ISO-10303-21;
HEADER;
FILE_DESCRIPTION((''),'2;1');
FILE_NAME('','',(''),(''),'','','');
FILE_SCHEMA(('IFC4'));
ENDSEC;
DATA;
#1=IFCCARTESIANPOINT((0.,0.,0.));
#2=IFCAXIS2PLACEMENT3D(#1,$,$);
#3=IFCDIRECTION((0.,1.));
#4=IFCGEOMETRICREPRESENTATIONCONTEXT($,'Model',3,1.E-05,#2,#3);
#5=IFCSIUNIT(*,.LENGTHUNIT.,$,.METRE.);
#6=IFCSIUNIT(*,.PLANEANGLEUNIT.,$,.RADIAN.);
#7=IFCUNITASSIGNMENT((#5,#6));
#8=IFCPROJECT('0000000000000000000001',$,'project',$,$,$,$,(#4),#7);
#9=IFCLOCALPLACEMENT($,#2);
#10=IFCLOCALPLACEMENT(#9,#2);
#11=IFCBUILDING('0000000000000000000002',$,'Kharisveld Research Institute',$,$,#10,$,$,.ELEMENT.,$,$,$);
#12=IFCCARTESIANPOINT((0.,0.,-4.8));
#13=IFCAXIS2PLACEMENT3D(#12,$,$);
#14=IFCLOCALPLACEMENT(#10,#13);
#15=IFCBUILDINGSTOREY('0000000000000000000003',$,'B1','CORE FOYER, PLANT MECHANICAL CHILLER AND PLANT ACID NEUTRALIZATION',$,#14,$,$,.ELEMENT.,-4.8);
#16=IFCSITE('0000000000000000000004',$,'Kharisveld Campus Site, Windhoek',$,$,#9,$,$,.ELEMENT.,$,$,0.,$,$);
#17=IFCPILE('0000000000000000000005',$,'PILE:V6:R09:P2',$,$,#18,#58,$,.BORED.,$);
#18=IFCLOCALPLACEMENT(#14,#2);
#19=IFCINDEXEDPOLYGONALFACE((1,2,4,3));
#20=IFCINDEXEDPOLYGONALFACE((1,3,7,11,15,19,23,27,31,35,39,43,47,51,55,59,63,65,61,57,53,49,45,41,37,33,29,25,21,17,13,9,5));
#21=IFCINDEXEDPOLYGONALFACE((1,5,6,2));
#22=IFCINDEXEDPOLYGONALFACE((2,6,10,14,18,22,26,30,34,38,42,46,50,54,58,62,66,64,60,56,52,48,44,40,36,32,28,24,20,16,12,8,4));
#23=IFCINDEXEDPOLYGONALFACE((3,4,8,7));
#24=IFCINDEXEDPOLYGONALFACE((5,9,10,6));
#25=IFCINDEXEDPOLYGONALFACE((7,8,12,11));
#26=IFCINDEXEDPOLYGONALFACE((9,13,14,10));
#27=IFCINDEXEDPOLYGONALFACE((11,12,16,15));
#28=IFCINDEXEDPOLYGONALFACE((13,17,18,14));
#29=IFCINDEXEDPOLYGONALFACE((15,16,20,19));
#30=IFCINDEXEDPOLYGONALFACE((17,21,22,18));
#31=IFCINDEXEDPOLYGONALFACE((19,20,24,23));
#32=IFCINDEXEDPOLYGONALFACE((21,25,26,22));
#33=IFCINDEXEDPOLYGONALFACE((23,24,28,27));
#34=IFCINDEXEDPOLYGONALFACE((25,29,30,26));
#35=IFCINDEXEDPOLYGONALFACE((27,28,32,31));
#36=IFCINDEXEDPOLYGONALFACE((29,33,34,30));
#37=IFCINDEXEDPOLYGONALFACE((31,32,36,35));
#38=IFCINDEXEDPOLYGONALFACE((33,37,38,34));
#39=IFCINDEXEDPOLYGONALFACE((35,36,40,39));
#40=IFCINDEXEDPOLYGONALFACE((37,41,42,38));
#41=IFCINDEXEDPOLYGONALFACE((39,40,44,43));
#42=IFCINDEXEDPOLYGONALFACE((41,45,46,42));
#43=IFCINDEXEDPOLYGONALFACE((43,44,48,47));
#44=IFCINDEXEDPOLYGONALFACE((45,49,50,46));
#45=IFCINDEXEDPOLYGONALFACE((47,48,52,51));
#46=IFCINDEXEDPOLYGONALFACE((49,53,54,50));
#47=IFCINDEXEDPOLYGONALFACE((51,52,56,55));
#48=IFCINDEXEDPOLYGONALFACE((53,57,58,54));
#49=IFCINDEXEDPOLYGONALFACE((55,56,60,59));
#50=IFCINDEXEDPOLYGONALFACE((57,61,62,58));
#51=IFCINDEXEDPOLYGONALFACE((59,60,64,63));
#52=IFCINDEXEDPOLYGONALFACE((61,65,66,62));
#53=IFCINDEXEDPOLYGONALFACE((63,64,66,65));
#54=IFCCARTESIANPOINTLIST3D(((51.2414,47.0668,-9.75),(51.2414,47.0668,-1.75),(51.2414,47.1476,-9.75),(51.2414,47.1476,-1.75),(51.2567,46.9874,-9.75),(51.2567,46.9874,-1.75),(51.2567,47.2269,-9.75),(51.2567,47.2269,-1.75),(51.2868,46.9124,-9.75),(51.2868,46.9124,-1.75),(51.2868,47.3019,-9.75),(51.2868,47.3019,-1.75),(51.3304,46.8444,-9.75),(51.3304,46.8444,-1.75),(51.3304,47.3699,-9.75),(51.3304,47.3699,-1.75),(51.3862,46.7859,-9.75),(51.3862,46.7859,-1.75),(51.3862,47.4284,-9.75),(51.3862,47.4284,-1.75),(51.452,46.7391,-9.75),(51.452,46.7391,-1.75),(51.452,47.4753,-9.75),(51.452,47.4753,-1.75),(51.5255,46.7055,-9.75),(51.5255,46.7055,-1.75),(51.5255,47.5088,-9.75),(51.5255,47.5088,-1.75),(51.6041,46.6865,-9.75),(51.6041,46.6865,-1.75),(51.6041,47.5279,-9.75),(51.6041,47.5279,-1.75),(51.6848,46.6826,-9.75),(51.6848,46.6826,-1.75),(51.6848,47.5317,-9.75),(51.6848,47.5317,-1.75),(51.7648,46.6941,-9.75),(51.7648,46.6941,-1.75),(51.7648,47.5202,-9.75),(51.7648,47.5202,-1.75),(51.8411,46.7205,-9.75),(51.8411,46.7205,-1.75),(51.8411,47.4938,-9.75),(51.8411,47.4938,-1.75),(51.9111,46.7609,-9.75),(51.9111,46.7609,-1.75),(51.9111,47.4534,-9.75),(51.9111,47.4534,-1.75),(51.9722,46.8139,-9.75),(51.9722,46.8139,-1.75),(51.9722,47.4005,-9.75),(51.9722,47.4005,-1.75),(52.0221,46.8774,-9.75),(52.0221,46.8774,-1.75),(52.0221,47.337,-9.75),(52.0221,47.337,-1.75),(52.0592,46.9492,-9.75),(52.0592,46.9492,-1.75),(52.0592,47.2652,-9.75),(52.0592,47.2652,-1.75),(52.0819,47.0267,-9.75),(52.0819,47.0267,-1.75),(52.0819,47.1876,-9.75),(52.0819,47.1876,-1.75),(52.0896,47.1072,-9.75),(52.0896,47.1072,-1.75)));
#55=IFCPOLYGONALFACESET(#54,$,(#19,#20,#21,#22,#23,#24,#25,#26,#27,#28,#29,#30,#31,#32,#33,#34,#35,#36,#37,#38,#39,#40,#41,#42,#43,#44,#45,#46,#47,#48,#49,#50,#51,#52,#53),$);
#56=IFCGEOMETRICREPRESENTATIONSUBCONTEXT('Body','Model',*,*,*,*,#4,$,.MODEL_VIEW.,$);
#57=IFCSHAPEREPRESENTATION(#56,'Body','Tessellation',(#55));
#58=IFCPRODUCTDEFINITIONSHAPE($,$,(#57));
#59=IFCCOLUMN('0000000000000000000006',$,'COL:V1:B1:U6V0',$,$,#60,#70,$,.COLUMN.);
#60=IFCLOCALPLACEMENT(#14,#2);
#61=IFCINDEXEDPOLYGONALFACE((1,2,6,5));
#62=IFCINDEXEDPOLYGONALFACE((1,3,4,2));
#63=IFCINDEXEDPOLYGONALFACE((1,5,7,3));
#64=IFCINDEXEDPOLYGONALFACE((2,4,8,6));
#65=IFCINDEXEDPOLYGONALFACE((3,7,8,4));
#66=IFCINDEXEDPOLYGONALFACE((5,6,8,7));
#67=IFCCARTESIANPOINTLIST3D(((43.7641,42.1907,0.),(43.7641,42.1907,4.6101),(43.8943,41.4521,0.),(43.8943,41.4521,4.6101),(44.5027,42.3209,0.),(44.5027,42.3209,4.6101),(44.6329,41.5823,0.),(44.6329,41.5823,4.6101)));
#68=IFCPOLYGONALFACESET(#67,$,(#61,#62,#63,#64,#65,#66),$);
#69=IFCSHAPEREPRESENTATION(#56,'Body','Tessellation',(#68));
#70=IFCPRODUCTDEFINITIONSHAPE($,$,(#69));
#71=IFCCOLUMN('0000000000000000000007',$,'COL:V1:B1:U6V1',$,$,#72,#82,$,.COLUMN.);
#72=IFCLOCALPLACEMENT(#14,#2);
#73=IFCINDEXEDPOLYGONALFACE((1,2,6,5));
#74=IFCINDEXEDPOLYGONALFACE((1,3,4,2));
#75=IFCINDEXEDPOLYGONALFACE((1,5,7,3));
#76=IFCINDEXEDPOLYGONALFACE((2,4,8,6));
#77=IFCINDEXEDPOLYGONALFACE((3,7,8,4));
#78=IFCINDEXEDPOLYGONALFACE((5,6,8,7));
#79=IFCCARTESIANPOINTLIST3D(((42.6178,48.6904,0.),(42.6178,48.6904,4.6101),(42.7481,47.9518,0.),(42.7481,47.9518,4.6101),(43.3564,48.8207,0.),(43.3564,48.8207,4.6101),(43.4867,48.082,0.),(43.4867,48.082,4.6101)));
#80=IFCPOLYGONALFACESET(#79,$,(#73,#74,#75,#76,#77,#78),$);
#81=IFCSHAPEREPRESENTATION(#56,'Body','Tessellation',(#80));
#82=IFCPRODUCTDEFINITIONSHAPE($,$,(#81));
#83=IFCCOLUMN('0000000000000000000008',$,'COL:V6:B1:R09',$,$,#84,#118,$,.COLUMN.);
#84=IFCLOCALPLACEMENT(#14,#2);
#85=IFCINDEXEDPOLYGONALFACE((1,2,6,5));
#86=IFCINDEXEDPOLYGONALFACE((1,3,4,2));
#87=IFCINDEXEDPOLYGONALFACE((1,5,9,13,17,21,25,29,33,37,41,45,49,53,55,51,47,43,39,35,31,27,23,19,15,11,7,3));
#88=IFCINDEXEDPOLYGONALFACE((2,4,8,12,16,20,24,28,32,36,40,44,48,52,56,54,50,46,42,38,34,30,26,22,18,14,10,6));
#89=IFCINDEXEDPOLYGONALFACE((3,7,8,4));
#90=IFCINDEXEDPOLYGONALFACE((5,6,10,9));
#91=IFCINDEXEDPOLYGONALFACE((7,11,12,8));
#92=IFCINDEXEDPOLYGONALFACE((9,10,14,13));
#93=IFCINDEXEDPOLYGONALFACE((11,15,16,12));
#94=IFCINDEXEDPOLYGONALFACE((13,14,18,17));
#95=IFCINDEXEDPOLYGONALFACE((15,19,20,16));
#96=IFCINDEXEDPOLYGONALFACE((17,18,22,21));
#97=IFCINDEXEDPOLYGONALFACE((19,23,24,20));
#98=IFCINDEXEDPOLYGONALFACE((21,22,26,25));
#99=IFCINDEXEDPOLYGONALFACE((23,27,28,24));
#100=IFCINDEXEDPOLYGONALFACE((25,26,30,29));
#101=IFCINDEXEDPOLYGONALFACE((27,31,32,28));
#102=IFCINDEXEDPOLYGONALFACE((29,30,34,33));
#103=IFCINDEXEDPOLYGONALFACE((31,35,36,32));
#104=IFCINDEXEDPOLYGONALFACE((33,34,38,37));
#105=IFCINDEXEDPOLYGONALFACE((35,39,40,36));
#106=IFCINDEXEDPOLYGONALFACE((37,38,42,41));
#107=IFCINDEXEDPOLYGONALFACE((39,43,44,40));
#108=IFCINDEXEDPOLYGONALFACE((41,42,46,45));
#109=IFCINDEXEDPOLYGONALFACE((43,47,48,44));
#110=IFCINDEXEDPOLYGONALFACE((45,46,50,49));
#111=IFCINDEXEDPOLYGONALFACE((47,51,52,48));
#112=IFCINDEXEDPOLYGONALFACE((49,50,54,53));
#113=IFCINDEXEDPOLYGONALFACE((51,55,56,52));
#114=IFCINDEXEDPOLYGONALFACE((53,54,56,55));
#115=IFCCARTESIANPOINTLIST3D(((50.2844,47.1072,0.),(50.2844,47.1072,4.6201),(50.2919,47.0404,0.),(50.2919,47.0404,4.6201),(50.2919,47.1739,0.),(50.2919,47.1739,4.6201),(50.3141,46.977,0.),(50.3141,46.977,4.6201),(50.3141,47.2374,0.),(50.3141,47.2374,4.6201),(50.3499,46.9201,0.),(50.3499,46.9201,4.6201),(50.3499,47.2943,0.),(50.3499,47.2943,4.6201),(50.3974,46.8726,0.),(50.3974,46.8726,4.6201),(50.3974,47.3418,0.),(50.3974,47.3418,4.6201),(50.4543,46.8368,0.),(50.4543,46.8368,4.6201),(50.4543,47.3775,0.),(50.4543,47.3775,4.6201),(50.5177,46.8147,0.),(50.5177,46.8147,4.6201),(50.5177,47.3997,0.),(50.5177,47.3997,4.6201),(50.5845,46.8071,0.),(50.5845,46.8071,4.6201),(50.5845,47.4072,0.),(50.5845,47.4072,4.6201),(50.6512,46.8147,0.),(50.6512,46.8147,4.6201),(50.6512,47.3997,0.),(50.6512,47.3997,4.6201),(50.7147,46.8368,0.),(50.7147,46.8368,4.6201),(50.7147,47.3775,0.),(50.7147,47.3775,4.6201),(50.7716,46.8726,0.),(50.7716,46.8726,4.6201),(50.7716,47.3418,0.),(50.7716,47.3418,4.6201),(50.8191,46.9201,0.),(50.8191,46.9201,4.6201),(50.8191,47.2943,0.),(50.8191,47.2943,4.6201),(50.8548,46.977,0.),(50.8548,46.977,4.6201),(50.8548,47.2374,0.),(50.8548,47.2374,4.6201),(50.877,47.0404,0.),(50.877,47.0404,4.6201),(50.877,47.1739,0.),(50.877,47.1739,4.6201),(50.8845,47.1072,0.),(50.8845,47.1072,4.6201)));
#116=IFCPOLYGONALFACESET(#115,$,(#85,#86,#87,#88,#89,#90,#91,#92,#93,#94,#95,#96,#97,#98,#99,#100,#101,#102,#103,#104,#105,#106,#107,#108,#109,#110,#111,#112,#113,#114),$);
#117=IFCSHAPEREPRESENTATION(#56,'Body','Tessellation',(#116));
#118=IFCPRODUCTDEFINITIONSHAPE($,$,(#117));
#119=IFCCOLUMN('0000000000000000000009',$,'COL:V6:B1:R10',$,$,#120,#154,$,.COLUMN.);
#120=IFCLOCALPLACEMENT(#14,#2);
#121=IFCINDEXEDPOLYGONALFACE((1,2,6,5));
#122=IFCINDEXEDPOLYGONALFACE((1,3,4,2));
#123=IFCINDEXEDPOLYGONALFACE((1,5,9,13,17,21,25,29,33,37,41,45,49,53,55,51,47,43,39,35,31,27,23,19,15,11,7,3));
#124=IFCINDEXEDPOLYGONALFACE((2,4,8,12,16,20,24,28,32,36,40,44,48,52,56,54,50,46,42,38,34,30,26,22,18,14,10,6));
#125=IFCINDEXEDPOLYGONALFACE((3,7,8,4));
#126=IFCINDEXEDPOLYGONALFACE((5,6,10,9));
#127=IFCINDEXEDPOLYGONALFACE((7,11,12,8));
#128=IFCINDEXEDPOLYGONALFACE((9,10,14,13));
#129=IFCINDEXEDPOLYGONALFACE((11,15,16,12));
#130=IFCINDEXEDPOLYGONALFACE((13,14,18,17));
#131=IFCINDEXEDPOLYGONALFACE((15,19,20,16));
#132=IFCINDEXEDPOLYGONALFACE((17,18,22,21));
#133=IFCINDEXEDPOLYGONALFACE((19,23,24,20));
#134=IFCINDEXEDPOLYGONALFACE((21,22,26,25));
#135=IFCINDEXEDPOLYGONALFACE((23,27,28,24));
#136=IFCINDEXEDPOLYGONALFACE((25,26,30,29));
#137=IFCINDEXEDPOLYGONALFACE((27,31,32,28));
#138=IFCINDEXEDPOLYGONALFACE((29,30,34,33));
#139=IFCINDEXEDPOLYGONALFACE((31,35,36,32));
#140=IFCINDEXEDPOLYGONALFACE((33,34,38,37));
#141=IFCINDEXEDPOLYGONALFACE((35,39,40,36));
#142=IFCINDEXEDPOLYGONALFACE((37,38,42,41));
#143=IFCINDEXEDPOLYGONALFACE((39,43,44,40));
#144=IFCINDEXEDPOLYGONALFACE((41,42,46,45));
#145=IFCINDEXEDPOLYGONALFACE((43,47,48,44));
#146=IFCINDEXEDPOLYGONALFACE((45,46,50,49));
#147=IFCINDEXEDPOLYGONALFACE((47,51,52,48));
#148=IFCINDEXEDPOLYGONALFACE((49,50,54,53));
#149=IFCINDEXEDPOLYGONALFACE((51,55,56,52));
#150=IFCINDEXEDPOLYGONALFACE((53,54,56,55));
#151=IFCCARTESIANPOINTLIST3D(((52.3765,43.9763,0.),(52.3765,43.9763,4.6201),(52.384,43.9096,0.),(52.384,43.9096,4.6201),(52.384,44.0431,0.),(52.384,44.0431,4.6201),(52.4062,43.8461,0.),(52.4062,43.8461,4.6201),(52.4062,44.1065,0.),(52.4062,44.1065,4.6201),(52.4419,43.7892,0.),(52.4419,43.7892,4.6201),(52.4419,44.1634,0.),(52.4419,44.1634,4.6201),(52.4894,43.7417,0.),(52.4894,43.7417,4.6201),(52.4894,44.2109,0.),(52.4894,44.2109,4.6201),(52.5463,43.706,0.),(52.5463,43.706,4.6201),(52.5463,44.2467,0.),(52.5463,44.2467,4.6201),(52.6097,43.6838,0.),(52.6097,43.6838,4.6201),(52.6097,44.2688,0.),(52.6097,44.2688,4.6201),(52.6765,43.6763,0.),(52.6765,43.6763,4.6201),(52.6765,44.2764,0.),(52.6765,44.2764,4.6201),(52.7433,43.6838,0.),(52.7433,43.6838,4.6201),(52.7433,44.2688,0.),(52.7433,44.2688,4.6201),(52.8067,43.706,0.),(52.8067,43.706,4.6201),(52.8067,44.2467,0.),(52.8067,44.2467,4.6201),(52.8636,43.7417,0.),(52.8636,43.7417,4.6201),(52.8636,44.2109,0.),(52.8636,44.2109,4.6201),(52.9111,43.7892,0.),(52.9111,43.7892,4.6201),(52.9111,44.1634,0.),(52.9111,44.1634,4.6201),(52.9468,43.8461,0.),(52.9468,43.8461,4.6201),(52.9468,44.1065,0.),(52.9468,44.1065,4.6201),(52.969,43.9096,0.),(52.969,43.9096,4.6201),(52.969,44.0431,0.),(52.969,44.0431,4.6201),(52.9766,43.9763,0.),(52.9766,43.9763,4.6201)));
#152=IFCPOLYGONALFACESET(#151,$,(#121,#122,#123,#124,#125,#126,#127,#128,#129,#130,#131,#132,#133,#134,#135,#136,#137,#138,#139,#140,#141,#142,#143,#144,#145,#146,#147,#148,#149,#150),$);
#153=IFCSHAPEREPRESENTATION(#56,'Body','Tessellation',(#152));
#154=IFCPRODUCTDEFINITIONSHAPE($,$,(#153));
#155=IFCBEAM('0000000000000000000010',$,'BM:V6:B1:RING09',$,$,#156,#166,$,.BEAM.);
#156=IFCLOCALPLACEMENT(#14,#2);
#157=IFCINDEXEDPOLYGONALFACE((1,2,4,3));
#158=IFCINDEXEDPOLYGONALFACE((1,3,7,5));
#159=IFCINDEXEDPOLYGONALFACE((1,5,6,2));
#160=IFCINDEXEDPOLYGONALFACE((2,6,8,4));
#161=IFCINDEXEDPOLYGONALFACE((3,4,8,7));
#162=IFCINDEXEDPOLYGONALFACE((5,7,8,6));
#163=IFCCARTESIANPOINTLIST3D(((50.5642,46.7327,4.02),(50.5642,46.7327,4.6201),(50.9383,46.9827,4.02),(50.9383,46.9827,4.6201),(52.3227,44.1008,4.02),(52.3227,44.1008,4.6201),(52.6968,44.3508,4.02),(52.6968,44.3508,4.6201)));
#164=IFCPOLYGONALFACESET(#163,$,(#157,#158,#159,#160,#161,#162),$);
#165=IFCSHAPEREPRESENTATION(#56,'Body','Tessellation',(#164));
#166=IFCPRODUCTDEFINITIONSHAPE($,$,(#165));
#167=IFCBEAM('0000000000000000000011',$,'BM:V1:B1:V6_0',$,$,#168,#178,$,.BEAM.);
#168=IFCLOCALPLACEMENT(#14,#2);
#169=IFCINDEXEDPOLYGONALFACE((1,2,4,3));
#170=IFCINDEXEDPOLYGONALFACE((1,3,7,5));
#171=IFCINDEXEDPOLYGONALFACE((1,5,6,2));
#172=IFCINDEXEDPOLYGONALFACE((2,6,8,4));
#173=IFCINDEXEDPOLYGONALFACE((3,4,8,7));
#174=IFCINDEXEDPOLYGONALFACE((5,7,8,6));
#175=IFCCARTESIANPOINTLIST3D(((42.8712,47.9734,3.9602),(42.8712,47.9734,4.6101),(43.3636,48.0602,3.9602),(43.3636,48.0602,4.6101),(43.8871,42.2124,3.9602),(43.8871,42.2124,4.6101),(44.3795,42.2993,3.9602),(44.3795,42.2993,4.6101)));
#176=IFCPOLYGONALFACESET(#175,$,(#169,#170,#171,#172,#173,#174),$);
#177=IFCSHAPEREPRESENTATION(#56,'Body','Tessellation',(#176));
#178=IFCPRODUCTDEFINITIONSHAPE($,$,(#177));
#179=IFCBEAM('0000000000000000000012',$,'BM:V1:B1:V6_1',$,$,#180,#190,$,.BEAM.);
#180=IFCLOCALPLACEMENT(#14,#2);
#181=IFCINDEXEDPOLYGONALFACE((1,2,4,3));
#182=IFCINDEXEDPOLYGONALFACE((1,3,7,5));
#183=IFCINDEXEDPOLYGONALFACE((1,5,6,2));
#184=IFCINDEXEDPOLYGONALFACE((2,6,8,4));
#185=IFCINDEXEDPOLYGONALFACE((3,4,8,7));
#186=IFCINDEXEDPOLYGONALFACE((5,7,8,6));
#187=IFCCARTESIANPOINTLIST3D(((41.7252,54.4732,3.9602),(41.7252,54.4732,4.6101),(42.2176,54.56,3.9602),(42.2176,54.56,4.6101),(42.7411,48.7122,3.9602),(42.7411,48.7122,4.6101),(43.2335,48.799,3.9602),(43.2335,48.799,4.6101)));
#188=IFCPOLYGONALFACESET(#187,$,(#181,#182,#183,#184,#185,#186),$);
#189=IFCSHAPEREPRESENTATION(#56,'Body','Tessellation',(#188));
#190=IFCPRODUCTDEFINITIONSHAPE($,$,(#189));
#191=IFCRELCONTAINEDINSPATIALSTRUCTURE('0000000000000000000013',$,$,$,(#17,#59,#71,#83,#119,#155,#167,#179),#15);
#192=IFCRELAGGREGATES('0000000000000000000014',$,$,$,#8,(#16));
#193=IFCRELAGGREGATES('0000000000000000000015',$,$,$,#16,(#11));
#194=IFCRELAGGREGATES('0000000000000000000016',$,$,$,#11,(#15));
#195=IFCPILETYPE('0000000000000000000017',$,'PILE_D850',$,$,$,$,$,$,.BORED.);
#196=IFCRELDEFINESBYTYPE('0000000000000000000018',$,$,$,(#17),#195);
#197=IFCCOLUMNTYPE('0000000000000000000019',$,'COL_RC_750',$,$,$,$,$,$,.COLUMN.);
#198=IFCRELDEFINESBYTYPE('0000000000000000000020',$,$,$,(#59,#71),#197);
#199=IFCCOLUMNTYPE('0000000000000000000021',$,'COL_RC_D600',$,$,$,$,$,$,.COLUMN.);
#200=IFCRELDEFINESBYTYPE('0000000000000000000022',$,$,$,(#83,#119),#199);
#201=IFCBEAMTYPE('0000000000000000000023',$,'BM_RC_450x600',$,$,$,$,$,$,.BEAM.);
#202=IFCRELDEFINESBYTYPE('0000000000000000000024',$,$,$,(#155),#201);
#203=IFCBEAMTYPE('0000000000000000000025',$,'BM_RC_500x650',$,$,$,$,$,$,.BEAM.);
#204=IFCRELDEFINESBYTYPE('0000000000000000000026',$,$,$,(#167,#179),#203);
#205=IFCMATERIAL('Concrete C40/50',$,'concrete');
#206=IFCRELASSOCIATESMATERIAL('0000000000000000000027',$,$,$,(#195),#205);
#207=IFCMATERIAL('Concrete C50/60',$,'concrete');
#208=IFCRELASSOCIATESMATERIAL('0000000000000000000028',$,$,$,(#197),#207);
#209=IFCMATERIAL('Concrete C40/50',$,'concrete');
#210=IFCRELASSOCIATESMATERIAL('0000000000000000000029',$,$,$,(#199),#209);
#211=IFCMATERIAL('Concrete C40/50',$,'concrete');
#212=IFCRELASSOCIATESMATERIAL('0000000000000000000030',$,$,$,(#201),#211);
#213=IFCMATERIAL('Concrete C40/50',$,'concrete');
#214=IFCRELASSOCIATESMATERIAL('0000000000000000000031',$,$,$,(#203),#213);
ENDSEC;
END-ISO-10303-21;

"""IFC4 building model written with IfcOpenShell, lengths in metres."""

from ifc_helpers import new_model, si_unit, direction, frame, origin, origin_2d, place, context, subcontext, project, spatial, rectangle, circle, extrude, material, material_profile, profile_set, type_object, element, save


model = new_model("IFC4")

# Units and contexts
model_context = context("Model", 3, precision=1e-05, world=origin(), true_north=direction((0.0, 1.0)))
body_context = subcontext(model_context, "Body", "Model", "MODEL_VIEW")
ifc_project = project(units=[si_unit("LENGTHUNIT", "METRE"), si_unit("PLANEANGLEUNIT", "RADIAN")], contexts=[model_context])

# Site, building, storey
site_placement = place(None, origin())
site = spatial("IfcSite", under=ifc_project, at=site_placement, Name="Kharisveld Campus Site, Windhoek", CompositionType="ELEMENT", RefElevation=0.0)
building_placement = place(site_placement, origin())
building = spatial("IfcBuilding", under=site, at=building_placement, Name="Kharisveld Research Institute", CompositionType="ELEMENT")
storey_placement = place(building_placement, frame((0.0, 0.0, -4.8)))
storey = spatial("IfcBuildingStorey", under=building, at=storey_placement, Name="B1", Description="CORE FOYER, PLANT MECHANICAL CHILLER AND PLANT ACID NEUTRALIZATION", CompositionType="ELEMENT", Elevation=-4.8)

# Pile
ifc_material_1 = material(Name="Concrete C40/50", Category="concrete")
ifc_material_profile_1 = material_profile(ifc_material_1, circle(Radius=0.425, at=origin_2d()))
ifc_profile_set_1 = profile_set([ifc_material_profile_1], Name="Concrete C40/50")
pile_type_1 = type_object("IfcPileType", Name="PILE_D850", PredefinedType="BORED", material=ifc_profile_set_1)
for number, where, z_axis, x_axis, name in (
    (1, (51.6646, 47.1072, -1.75), (0.0, 0.0, -1.0), (1.0, 0.0, 0.0), "PILE:V6:R09:P2"),
):
    element("IfcPile", number, at=place(storey_placement, frame(where, z_axis=z_axis, x_axis=x_axis)), inside=storey, type_object=pile_type_1, Name=name, PredefinedType="BORED", context=body_context, shape_type="SweptSolid", body=[
        extrude(circle(Radius=0.425, at=origin_2d()), origin(), (0.0, 0.0, 1.0), 8.0),
    ])

# Columns
ifc_material_2 = material(Name="Concrete C50/60", Category="concrete")
ifc_material_profile_2 = material_profile(ifc_material_2, rectangle(XDim=0.75, YDim=0.75, at=origin_2d()))
ifc_profile_set_2 = profile_set([ifc_material_profile_2], Name="Concrete C50/60")
column_type_1 = type_object("IfcColumnType", Name="COL_RC_750", PredefinedType="COLUMN", material=ifc_profile_set_2)
for number, where, z_axis, x_axis, name in (
    (2, (44.1985, 41.8865, 0.0), (0.0, 0.0, 1.0), (0.984808, 0.173648, 0.0), "COL:V1:B1:U6V0"),
    (3, (43.0522, 48.3862, 0.0), (0.0, 0.0, 1.0), (0.984808, 0.173648, 0.0), "COL:V1:B1:U6V1"),
):
    element("IfcColumn", number, at=place(storey_placement, frame(where, z_axis=z_axis, x_axis=x_axis)), inside=storey, type_object=column_type_1, Name=name, PredefinedType="COLUMN", context=body_context, shape_type="SweptSolid", body=[
        extrude(rectangle(XDim=0.75, YDim=0.75, at=origin_2d()), origin(), (0.0, 0.0, 1.0), 4.6101),
    ])
ifc_material_3 = material(Name="Concrete C40/50", Category="concrete")
ifc_material_profile_3 = material_profile(ifc_material_3, circle(Radius=0.3, at=origin_2d()))
ifc_profile_set_3 = profile_set([ifc_material_profile_3], Name="Concrete C40/50")
column_type_2 = type_object("IfcColumnType", Name="COL_RC_D600", PredefinedType="COLUMN", material=ifc_profile_set_3)
for number, where, z_axis, x_axis, name in (
    (4, (50.5845, 47.1072, 0.0), (0.0, 0.0, 1.0), (1.0, 0.0, 0.0), "COL:V6:B1:R09"),
    (5, (52.6765, 43.9763, 0.0), (0.0, 0.0, 1.0), (1.0, 0.0, 0.0), "COL:V6:B1:R10"),
):
    element("IfcColumn", number, at=place(storey_placement, frame(where, z_axis=z_axis, x_axis=x_axis)), inside=storey, type_object=column_type_2, Name=name, PredefinedType="COLUMN", context=body_context, shape_type="SweptSolid", body=[
        extrude(circle(Radius=0.3, at=origin_2d()), origin(), (0.0, 0.0, 1.0), 4.6201),
    ])

# Beams
ifc_material_4 = material(Name="Concrete C40/50", Category="concrete")
ifc_material_profile_4 = material_profile(ifc_material_4, rectangle(XDim=0.45, YDim=0.6001, at=origin_2d()))
ifc_profile_set_4 = profile_set([ifc_material_profile_4], Name="Concrete C40/50")
beam_type_1 = type_object("IfcBeamType", Name="BM_RC_450x600", PredefinedType="BEAM", material=ifc_profile_set_4)
beam_1_placement = place(storey_placement, frame((50.7512, 46.8577, 4.3201), z_axis=(0.555572, -0.831468, 0.0), x_axis=(0.831468, 0.555572, 0.0)))
element("IfcBeam", 6, at=beam_1_placement, inside=storey, type_object=beam_type_1, Name="BM:V6:B1:RING09", PredefinedType="BEAM", context=body_context, shape_type="SweptSolid", body=[
    extrude(rectangle(XDim=0.45, YDim=0.6001, at=origin_2d()), origin(), (0.0, 0.0, 1.0), 3.1653),
])
ifc_material_5 = material(Name="Concrete C40/50", Category="concrete")
ifc_material_profile_5 = material_profile(ifc_material_5, rectangle(XDim=0.5, YDim=0.6499, at=origin_2d()))
ifc_profile_set_5 = profile_set([ifc_material_profile_5], Name="Concrete C40/50")
beam_type_2 = type_object("IfcBeamType", Name="BM_RC_500x650", PredefinedType="BEAM", material=ifc_profile_set_5)
for number, where, z_axis, x_axis, name in (
    (7, (44.1333, 42.2559, 4.2852), (-0.173657, 0.984806, 0.0), (-0.984806, -0.173657, 0.0), "BM:V1:B1:V6_0"),
    (8, (42.9873, 48.7556, 4.2852), (-0.173657, 0.984806, 0.0), (-0.984806, -0.173657, 0.0), "BM:V1:B1:V6_1"),
):
    element("IfcBeam", number, at=place(storey_placement, frame(where, z_axis=z_axis, x_axis=x_axis)), inside=storey, type_object=beam_type_2, Name=name, PredefinedType="BEAM", context=body_context, shape_type="SweptSolid", body=[
        extrude(rectangle(XDim=0.5, YDim=0.6499, at=origin_2d()), origin(), (0.0, 0.0, 1.0), 5.8499),
    ])

save(model, "model.ifc")
